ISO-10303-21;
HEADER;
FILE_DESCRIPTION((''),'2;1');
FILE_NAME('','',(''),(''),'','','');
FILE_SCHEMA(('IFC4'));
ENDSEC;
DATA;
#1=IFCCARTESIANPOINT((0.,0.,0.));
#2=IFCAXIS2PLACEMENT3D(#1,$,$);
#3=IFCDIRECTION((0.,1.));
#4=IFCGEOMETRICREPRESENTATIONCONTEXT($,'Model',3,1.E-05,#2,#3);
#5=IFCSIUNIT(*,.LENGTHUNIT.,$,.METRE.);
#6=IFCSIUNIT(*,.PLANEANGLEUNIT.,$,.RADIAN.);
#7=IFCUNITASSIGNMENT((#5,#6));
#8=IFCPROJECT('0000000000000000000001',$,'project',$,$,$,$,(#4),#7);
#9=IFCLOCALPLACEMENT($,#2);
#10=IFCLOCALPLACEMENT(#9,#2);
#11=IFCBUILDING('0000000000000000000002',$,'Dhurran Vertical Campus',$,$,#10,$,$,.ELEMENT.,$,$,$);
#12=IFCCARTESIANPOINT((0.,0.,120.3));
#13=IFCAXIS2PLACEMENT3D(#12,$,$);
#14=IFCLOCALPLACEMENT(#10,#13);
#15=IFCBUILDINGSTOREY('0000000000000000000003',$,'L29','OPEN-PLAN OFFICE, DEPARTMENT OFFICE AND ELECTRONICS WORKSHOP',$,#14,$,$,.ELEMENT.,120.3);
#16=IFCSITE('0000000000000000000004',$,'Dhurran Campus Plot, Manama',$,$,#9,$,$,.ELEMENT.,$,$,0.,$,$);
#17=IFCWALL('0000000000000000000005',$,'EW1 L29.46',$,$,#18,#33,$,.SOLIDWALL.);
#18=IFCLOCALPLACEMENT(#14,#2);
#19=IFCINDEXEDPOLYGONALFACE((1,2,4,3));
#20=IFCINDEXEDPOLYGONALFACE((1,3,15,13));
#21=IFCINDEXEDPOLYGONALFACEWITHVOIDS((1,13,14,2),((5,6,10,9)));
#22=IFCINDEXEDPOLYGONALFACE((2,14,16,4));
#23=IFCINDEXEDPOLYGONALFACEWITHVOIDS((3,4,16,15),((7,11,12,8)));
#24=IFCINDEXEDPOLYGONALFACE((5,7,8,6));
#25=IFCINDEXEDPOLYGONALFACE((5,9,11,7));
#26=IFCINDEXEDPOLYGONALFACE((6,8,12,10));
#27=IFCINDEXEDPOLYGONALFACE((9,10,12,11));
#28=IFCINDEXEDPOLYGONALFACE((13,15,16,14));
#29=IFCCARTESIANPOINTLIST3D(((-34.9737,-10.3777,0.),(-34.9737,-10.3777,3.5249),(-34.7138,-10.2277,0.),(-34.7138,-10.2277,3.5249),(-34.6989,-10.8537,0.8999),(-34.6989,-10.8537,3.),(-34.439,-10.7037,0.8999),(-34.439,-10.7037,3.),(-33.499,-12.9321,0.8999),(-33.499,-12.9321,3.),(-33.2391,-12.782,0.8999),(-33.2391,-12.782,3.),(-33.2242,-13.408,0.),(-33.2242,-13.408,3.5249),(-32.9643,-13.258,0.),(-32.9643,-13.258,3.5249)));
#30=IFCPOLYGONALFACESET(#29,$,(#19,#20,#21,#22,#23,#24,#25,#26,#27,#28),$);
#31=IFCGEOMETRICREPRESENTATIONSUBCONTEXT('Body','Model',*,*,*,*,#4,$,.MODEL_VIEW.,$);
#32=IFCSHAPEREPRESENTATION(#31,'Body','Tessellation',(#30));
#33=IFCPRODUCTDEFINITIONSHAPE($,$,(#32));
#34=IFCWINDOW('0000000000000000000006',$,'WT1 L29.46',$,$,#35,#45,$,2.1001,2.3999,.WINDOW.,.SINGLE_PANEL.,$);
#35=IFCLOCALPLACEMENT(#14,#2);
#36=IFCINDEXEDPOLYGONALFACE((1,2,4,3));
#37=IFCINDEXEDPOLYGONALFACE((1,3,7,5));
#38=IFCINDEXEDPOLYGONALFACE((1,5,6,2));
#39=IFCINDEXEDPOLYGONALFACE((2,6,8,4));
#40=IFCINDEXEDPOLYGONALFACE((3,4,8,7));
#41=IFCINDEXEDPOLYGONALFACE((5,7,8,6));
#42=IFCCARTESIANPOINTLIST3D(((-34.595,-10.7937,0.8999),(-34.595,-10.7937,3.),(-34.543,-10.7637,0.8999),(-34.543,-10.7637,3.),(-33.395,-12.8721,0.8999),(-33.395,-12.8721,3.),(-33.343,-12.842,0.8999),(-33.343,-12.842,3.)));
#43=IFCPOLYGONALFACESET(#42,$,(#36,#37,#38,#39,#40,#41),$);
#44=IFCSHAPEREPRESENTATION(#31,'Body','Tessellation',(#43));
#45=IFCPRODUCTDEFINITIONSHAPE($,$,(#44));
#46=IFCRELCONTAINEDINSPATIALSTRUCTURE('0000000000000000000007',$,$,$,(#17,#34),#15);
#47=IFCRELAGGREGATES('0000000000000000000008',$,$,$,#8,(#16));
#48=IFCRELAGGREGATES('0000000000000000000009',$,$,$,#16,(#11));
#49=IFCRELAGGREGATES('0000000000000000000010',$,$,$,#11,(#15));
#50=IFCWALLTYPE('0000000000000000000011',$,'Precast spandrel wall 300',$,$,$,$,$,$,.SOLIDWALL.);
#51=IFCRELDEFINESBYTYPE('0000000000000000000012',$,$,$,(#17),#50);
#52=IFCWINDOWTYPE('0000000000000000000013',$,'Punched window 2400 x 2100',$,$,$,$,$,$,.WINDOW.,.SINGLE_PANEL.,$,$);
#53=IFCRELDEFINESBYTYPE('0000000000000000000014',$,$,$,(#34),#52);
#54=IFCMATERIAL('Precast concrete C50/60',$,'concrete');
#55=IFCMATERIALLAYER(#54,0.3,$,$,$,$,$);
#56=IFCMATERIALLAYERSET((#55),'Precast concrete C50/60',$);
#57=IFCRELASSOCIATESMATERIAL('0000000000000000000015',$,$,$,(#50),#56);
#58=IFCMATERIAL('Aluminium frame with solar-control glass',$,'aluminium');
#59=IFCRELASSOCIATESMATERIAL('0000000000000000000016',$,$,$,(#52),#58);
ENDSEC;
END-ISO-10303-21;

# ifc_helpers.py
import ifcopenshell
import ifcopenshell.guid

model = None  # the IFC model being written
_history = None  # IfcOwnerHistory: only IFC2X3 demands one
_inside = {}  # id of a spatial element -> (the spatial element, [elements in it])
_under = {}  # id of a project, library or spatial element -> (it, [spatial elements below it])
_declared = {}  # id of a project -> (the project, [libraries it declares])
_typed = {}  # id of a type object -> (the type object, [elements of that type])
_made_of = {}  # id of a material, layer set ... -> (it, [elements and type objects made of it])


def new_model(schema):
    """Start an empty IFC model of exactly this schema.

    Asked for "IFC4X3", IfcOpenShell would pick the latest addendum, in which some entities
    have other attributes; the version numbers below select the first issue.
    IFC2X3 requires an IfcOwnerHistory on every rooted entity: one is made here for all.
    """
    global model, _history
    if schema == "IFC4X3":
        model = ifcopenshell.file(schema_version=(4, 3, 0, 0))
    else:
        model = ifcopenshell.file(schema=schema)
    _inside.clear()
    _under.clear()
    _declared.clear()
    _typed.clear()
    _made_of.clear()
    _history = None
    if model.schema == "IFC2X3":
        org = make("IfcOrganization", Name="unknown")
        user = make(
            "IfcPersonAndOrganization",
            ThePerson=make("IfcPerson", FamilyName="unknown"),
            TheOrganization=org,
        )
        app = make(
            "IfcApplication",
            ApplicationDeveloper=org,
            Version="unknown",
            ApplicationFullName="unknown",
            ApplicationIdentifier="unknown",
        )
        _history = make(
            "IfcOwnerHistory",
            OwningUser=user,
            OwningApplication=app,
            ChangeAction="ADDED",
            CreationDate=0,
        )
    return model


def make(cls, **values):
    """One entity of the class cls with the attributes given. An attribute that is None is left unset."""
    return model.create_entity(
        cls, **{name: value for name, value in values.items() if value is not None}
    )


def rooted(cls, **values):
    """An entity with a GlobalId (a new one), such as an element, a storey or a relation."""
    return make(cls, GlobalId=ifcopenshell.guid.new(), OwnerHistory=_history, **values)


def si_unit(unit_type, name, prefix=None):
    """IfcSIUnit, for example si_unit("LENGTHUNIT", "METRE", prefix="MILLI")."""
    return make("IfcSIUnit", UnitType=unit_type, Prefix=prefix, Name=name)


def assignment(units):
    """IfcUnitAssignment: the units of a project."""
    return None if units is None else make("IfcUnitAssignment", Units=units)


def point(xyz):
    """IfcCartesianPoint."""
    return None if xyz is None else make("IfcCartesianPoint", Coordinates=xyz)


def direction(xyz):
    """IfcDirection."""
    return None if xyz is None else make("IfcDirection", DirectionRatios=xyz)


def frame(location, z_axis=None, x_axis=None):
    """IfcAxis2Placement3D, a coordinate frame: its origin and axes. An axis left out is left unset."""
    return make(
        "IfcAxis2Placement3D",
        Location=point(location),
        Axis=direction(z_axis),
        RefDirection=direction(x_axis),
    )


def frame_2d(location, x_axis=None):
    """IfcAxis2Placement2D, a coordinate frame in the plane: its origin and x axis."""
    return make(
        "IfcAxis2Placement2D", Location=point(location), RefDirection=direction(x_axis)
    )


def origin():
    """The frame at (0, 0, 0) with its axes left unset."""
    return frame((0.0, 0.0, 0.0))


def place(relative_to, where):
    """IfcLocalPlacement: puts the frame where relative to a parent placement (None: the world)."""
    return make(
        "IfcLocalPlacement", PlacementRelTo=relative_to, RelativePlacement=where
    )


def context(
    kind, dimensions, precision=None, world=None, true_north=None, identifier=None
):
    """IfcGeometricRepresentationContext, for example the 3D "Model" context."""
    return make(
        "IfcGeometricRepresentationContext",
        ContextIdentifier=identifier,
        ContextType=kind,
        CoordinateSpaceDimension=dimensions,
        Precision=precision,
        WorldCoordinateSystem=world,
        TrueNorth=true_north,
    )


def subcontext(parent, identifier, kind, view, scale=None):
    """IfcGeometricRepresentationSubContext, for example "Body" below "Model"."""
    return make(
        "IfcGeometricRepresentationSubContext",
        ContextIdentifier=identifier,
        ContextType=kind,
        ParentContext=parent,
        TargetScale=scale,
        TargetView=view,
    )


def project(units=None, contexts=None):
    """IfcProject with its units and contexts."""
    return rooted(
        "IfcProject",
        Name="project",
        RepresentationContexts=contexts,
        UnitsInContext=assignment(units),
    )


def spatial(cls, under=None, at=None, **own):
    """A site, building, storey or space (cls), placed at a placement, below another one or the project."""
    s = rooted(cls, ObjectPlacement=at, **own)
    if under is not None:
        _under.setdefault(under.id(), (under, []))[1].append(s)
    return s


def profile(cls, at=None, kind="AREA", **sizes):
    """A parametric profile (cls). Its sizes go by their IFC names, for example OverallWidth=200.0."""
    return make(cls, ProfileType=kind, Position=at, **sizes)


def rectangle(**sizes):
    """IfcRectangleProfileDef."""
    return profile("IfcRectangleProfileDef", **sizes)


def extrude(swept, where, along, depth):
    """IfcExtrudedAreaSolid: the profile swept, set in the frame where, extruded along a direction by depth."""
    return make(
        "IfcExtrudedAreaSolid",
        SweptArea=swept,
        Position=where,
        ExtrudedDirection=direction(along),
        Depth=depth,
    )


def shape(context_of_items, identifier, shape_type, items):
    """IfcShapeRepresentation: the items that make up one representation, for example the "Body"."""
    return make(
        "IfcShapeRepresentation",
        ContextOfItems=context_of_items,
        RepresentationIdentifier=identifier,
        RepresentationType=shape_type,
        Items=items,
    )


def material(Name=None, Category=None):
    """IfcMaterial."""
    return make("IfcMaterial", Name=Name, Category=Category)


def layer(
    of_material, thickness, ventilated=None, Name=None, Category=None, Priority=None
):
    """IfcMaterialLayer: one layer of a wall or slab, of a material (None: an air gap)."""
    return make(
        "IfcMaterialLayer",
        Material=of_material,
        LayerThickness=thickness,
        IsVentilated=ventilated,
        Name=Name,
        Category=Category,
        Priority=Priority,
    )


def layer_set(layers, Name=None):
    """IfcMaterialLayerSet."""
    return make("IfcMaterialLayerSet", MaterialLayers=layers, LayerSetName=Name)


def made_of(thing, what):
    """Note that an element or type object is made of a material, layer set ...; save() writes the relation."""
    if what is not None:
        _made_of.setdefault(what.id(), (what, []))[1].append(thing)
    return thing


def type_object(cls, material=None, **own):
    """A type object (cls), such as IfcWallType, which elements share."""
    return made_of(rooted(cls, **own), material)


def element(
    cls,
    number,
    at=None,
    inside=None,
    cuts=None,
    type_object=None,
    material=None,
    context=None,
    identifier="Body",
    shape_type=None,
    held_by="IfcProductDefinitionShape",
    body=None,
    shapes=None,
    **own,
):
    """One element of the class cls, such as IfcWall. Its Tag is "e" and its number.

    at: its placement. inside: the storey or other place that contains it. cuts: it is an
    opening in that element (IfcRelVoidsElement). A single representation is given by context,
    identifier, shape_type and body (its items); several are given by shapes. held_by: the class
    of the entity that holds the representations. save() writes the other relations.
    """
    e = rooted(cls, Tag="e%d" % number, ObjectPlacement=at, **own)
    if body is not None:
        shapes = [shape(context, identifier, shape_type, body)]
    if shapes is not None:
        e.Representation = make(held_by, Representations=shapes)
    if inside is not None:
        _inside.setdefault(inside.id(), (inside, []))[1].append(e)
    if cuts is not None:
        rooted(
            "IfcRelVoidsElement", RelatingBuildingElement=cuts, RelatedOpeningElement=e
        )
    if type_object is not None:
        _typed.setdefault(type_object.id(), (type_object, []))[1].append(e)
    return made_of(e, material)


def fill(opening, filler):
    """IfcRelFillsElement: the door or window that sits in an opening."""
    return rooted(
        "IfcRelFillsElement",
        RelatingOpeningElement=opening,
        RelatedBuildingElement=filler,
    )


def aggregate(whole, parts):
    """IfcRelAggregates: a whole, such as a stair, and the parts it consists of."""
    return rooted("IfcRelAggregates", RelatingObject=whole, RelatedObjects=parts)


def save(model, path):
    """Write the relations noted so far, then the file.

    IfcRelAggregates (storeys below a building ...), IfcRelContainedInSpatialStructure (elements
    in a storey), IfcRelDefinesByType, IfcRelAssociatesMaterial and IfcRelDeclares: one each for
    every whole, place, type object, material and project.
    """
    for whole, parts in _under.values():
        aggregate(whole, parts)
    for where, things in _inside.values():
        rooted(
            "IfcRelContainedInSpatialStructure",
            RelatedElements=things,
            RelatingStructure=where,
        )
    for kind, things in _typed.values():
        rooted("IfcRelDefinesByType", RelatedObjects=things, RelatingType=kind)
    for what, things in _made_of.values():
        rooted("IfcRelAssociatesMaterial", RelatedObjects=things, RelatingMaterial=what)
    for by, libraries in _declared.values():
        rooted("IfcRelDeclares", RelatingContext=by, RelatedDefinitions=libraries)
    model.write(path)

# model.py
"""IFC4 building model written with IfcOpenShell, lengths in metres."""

from ifc_helpers import new_model, si_unit, direction, frame, frame_2d, origin, place, context, subcontext, project, spatial, rectangle, extrude, material, layer, layer_set, type_object, element, fill, save


model = new_model("IFC4")

# Units and contexts
model_context = context("Model", 3, precision=1e-05, world=origin(), true_north=direction((0.0, 1.0)))
body_context = subcontext(model_context, "Body", "Model", "MODEL_VIEW")
ifc_project = project(units=[si_unit("LENGTHUNIT", "METRE"), si_unit("PLANEANGLEUNIT", "RADIAN")], contexts=[model_context])

# Site, building, storey
site_placement = place(None, origin())
site = spatial("IfcSite", under=ifc_project, at=site_placement, Name="Dhurran Campus Plot, Manama", CompositionType="ELEMENT", RefElevation=0.0)
building_placement = place(site_placement, origin())
building = spatial("IfcBuilding", under=site, at=building_placement, Name="Dhurran Vertical Campus", CompositionType="ELEMENT")
storey_placement = place(building_placement, frame((0.0, 0.0, 120.3)))
storey = spatial("IfcBuildingStorey", under=building, at=storey_placement, Name="L29", Description="OPEN-PLAN OFFICE, DEPARTMENT OFFICE AND ELECTRONICS WORKSHOP", CompositionType="ELEMENT", Elevation=120.3)

# Wall, opening, window
ifc_material_1 = material(Name="Precast concrete C50/60", Category="concrete")
ifc_layer = layer(ifc_material_1, 0.3)
ifc_layer_set = layer_set([ifc_layer], Name="Precast concrete C50/60")
wall_type = type_object("IfcWallType", Name="Precast spandrel wall 300", PredefinedType="SOLIDWALL", material=ifc_layer_set)
ifc_material_2 = material(Name="Aluminium frame with solar-control glass", Category="aluminium")
window_type = type_object("IfcWindowType", Name="Punched window 2400 x 2100", PartitioningType="SINGLE_PANEL", PredefinedType="WINDOW", material=ifc_material_2)
wall_1_placement = place(storey_placement, frame((-34.8438, -10.3027, 0.0), z_axis=(0.0, 0.0, 1.0), x_axis=(0.499996, -0.866028, 0.0)))
wall_1 = element("IfcWall", 1, at=wall_1_placement, inside=storey, type_object=wall_type, Name="EW1 L29.46", PredefinedType="SOLIDWALL", context=body_context, shape_type="SweptSolid", body=[
    extrude(rectangle(XDim=3.499, YDim=0.3, at=frame_2d((1.7495, 0.0))), origin(), (0.0, 0.0, 1.0), 3.5249),
])
opening_1_placement = place(wall_1_placement, frame((0.5496, 0.0, 0.8999)))
opening_1 = element("IfcOpeningElement", 2, at=opening_1_placement, cuts=wall_1, PredefinedType="OPENING", context=body_context, shape_type="SweptSolid", body=[
    extrude(rectangle(XDim=2.3999, YDim=2.1001, at=frame_2d((1.2, 1.05))), frame((0.0, 0.1599, 0.0), z_axis=(0.0, -1.0, 0.0), x_axis=(1.0, 0.0, 0.0)), (0.0, 0.0, 1.0), 0.3201),
])
window_1_placement = place(opening_1_placement, origin())
window_1 = element("IfcWindow", 3, at=window_1_placement, inside=storey, type_object=window_type, Name="WT1 L29.46", OverallHeight=2.1001, OverallWidth=2.3999, PartitioningType="SINGLE_PANEL", PredefinedType="WINDOW", context=body_context, shape_type="SweptSolid", body=[
    extrude(rectangle(XDim=2.3999, YDim=2.1001, at=frame_2d((1.2, 1.05))), frame((0.0, 0.03, 0.0), z_axis=(0.0, -1.0, 0.0), x_axis=(1.0, 0.0, 0.0)), (0.0, 0.0, 1.0), 0.0601),
])
fill(opening_1, window_1)

save(model, "model.ifc")
